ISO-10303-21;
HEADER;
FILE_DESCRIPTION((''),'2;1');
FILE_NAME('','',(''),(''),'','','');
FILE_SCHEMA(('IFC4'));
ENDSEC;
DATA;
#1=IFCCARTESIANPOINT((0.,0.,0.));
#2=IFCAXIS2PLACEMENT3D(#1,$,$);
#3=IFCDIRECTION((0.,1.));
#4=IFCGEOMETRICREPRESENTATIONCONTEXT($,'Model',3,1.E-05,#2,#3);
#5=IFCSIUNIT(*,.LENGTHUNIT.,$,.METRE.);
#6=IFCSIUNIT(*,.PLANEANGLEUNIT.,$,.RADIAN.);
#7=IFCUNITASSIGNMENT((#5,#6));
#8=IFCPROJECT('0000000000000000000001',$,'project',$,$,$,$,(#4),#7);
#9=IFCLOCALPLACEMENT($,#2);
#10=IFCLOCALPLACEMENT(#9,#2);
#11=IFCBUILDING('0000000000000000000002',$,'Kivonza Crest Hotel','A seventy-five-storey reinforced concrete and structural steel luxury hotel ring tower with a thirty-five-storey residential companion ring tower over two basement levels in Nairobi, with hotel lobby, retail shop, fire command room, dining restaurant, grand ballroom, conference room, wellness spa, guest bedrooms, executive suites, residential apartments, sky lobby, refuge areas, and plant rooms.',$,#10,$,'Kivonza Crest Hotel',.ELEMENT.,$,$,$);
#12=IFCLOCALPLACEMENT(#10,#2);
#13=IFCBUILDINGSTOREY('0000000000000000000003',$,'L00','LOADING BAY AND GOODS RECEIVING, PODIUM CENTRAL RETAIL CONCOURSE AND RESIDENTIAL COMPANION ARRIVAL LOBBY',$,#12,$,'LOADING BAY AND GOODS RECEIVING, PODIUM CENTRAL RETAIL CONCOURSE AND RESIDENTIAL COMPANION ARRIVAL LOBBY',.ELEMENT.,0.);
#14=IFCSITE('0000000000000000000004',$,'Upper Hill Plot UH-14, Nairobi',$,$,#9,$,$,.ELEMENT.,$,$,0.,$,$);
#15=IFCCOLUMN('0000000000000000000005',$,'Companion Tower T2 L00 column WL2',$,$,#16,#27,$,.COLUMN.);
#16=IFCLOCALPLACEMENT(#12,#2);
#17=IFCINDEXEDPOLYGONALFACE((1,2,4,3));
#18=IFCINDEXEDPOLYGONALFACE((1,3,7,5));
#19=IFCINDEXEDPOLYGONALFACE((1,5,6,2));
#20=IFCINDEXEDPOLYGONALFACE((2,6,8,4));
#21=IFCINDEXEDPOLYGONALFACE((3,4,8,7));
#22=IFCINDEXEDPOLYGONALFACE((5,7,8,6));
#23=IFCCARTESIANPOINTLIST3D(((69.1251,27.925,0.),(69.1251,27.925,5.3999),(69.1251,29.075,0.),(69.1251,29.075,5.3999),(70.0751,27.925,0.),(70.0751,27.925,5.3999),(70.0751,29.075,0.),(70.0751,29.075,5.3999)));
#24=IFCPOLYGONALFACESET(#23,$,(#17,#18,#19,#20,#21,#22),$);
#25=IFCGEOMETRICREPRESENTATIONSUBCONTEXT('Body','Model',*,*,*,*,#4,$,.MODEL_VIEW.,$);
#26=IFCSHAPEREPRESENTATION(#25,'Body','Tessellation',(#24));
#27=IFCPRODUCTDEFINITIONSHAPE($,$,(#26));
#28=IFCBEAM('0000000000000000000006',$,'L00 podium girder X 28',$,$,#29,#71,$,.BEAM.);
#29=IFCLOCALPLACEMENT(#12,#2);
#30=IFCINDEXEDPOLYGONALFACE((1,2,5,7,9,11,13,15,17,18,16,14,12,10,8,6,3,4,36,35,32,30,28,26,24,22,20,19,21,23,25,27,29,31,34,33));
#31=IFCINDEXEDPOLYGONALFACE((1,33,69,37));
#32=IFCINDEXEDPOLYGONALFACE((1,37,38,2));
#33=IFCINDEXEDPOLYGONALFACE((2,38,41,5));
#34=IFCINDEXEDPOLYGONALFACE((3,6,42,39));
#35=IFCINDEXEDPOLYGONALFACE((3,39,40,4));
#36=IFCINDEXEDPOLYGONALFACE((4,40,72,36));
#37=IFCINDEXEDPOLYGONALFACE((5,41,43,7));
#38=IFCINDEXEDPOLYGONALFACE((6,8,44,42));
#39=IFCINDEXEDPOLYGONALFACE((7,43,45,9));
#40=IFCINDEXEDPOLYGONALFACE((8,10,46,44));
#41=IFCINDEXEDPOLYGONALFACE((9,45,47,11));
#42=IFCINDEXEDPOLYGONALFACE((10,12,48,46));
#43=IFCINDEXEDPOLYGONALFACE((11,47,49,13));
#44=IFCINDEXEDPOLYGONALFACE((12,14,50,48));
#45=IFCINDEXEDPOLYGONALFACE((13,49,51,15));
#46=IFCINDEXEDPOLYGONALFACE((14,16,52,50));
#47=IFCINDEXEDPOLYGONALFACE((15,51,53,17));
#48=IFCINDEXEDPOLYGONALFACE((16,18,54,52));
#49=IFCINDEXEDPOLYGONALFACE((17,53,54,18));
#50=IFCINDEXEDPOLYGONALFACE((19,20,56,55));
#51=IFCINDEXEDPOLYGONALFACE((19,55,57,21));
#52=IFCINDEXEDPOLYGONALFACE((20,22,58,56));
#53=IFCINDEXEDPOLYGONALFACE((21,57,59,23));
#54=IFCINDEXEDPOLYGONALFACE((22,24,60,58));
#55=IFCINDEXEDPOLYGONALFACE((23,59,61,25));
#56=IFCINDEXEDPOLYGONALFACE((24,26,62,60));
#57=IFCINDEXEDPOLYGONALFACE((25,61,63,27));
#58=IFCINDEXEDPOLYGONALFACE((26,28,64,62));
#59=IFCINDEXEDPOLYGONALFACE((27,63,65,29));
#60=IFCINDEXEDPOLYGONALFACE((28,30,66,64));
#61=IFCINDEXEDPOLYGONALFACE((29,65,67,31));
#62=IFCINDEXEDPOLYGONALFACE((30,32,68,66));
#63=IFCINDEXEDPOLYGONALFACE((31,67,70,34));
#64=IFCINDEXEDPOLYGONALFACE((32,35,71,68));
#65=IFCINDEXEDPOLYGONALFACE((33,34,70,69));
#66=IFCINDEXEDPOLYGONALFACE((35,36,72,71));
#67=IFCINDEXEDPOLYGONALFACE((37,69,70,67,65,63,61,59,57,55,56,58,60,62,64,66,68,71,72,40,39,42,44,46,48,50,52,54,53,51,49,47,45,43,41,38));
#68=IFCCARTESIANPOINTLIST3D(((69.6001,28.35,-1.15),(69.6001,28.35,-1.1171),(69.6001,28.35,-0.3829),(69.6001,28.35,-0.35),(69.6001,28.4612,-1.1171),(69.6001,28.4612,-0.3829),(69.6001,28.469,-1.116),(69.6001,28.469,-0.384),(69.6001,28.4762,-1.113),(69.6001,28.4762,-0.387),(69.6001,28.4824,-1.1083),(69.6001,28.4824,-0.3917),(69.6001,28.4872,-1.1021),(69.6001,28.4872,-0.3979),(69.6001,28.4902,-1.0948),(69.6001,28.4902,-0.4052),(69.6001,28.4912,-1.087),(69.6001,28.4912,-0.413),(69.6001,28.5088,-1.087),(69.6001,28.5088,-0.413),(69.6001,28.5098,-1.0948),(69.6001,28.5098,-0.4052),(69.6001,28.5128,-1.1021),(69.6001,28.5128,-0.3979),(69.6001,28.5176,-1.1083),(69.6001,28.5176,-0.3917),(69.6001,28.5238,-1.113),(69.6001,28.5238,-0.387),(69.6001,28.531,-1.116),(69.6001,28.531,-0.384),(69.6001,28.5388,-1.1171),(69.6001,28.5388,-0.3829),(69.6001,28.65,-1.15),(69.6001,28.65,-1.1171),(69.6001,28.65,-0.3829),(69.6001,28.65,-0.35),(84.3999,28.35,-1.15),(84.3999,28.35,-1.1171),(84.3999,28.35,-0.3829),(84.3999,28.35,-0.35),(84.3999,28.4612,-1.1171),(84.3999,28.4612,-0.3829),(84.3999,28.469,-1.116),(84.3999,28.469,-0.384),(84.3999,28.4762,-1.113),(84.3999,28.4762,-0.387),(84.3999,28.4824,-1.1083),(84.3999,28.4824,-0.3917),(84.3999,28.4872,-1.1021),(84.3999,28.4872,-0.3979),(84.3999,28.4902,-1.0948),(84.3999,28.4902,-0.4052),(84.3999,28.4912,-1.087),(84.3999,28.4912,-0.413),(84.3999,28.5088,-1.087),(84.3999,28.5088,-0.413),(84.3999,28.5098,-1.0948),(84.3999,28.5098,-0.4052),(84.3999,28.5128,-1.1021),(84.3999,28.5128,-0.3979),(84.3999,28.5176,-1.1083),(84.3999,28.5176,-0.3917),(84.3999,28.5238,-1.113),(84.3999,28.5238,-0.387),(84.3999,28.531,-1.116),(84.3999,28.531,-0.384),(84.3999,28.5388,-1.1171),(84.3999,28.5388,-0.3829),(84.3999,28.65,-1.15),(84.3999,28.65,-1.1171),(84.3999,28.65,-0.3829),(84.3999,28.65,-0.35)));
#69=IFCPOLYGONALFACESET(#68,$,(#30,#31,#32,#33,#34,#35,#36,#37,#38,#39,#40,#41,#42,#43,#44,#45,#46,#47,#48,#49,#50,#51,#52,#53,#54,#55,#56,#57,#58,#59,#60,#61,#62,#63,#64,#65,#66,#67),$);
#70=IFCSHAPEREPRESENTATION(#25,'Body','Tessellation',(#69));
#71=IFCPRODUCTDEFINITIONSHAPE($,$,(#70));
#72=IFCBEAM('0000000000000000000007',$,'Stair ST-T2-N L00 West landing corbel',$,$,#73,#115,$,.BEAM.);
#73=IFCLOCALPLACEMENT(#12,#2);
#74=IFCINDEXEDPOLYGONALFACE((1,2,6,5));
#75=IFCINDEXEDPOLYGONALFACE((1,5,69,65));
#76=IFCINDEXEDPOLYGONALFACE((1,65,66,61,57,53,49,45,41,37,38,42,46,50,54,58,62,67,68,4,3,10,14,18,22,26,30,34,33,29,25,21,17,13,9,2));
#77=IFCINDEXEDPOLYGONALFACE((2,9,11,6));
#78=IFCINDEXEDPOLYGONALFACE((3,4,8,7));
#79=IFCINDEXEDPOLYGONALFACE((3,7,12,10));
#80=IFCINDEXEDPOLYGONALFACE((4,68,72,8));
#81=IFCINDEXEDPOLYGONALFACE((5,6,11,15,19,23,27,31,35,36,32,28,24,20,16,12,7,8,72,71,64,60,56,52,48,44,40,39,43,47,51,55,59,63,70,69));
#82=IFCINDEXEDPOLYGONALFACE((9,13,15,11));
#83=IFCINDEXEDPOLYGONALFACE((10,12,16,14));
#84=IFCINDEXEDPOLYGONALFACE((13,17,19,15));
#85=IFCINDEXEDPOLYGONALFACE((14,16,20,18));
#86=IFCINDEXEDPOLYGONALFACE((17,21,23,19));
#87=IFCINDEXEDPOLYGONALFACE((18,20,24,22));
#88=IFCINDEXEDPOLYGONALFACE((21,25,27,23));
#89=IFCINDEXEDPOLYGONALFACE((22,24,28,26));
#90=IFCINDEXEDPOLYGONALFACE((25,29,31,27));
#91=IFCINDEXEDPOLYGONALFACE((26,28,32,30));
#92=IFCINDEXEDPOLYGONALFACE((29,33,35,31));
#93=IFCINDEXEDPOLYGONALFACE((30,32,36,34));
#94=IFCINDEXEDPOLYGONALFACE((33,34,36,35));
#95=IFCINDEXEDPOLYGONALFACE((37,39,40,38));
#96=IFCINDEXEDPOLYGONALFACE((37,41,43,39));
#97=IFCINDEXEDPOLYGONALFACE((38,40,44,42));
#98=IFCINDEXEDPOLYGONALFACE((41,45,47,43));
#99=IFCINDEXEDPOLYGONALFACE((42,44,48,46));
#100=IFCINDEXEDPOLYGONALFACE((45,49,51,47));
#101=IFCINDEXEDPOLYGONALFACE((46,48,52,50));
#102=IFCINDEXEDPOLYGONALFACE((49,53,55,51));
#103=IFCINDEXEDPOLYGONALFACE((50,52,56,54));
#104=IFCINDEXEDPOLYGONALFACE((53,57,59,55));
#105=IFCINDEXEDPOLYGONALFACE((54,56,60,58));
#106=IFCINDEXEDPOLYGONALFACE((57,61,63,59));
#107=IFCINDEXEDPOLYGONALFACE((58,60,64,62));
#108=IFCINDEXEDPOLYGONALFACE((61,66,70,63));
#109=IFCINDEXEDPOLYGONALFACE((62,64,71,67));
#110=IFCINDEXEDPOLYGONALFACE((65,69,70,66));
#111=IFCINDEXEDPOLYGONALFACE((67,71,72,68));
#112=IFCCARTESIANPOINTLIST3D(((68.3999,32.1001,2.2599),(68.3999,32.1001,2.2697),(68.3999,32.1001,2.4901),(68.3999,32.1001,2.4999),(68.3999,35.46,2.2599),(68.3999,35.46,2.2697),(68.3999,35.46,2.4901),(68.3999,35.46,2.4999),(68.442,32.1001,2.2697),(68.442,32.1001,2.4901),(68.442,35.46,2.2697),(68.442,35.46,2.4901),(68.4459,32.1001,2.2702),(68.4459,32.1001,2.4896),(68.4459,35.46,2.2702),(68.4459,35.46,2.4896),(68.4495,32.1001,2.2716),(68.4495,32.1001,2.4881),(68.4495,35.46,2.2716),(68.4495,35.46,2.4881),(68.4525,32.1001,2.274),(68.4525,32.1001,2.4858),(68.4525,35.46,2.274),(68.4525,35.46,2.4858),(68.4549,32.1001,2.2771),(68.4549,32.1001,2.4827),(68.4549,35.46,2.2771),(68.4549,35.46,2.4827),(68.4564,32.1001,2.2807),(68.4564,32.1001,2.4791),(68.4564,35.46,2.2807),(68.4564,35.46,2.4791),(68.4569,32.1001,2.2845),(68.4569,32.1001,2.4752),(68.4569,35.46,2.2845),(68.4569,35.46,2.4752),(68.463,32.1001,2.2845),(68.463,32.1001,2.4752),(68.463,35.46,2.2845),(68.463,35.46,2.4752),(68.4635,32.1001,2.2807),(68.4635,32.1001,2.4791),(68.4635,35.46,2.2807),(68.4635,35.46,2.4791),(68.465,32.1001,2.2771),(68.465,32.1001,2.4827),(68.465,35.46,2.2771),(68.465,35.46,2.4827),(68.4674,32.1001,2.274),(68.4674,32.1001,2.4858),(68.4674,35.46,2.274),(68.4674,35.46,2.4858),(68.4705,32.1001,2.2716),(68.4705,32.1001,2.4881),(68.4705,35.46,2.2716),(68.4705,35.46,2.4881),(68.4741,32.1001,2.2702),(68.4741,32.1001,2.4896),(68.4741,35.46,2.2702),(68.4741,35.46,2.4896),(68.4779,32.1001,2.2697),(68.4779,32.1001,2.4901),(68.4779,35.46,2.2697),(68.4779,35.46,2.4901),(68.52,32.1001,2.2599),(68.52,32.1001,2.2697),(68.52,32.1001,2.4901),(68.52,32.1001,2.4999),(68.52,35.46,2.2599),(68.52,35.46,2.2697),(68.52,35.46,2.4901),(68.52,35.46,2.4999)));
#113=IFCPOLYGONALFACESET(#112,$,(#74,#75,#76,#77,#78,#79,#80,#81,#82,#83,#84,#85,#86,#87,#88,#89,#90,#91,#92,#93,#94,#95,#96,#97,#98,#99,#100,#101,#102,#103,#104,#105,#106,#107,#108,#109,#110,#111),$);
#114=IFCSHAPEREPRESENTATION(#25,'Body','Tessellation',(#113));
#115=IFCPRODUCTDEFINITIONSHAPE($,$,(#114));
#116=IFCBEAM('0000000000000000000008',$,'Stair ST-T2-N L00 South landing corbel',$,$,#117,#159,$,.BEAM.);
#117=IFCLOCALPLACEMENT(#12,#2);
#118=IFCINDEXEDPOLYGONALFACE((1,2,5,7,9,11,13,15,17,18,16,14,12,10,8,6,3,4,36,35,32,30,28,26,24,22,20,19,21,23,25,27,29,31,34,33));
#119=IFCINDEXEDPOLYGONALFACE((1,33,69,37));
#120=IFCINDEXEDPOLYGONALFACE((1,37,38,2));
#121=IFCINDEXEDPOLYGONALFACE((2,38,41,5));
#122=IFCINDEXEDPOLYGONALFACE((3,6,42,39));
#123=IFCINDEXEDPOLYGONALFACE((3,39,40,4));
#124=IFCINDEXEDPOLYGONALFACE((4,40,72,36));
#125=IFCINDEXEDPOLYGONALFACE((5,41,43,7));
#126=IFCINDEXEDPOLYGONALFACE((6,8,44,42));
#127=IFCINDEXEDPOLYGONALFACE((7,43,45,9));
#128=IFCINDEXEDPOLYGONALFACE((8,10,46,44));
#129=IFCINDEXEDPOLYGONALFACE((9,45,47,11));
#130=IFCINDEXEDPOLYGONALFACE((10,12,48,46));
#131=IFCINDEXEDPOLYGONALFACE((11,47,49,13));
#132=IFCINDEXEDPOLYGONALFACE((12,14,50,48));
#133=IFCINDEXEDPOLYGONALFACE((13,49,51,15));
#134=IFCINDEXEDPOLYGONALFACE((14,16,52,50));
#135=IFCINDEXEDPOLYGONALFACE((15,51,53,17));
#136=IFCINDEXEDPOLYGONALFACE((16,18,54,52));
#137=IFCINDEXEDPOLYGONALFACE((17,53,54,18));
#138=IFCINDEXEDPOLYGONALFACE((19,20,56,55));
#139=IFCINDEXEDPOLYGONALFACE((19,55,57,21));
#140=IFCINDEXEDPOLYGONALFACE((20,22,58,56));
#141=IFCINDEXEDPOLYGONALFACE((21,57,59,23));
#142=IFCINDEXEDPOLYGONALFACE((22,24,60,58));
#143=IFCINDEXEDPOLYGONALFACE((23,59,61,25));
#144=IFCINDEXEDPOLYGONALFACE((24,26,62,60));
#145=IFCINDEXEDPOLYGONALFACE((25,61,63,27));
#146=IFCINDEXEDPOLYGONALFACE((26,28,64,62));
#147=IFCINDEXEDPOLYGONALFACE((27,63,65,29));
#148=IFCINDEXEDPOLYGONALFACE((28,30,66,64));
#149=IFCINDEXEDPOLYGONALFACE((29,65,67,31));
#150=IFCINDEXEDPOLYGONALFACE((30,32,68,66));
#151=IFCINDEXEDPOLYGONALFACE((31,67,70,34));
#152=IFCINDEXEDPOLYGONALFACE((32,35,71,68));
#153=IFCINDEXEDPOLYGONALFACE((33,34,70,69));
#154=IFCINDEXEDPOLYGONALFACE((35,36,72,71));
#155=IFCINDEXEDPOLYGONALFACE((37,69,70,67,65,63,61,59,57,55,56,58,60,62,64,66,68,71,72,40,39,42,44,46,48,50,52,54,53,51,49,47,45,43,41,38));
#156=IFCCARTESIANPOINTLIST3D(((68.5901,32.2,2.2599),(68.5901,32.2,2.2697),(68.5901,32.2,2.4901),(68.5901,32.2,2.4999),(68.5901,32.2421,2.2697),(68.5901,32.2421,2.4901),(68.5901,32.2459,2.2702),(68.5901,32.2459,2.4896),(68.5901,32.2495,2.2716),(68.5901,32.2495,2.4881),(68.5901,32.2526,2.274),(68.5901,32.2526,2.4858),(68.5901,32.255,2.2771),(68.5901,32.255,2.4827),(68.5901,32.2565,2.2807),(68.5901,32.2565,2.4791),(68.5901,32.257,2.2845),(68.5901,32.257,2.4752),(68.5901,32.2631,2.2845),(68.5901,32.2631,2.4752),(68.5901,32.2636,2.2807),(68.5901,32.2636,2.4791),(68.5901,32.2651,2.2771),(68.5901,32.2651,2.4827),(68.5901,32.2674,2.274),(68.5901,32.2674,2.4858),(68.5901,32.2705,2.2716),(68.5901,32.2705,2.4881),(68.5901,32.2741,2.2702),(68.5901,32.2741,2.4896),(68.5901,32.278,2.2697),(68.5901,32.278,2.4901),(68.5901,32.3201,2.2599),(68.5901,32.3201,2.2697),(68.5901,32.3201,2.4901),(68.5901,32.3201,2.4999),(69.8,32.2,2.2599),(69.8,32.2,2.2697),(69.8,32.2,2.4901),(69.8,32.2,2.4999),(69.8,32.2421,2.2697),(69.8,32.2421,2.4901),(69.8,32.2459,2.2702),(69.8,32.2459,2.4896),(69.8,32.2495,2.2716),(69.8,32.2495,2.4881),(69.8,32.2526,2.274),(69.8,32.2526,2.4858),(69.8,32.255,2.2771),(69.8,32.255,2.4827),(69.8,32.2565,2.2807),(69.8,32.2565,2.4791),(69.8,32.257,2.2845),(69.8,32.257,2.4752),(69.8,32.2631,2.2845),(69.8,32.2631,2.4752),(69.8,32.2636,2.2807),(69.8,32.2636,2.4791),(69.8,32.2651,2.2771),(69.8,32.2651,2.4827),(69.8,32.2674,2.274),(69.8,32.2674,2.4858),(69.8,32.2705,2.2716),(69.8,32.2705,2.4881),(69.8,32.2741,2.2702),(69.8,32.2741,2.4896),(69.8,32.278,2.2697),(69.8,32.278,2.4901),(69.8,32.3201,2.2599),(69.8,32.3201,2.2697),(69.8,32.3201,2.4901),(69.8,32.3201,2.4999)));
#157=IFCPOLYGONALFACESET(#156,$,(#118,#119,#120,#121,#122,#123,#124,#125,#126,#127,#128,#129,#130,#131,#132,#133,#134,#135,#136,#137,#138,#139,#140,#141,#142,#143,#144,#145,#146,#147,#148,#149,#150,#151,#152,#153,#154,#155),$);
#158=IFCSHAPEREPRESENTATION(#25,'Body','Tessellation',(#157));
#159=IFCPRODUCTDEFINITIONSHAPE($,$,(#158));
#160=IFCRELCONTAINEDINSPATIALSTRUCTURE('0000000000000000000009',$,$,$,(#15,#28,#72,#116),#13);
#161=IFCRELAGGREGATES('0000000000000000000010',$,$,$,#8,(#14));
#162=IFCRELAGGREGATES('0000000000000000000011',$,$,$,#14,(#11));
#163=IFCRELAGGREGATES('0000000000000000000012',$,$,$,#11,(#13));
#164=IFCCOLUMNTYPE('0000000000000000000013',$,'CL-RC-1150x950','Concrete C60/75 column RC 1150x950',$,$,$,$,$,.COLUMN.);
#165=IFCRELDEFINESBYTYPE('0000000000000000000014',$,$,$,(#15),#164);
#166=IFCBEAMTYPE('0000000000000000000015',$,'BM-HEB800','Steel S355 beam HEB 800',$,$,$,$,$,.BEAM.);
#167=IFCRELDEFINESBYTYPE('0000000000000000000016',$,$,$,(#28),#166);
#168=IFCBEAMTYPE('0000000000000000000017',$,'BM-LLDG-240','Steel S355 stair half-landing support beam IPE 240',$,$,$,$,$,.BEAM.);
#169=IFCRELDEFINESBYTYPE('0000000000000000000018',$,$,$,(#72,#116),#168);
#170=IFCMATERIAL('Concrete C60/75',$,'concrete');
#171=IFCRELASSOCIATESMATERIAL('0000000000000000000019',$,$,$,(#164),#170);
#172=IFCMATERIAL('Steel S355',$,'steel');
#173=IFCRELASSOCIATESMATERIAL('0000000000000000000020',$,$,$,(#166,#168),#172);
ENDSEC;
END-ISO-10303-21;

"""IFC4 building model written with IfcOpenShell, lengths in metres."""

from ifc_helpers import new_model, si_unit, direction, frame, origin, origin_2d, place, context, subcontext, project, spatial, rectangle, i_section, extrude, material, material_profile, profile_set, type_object, element, save


model = new_model("IFC4")

# Units and contexts
model_context = context("Model", 3, precision=1e-05, world=origin(), true_north=direction((0.0, 1.0)))
body_context = subcontext(model_context, "Body", "Model", "MODEL_VIEW")
ifc_project = project(units=[si_unit("LENGTHUNIT", "METRE"), si_unit("PLANEANGLEUNIT", "RADIAN")], contexts=[model_context])

# Site, building, storey
site_placement = place(None, origin())
site = spatial("IfcSite", under=ifc_project, at=site_placement, Name="Upper Hill Plot UH-14, Nairobi", CompositionType="ELEMENT", RefElevation=0.0)
building_placement = place(site_placement, origin())
building = spatial("IfcBuilding", under=site, at=building_placement, Name="Kivonza Crest Hotel", Description="A seventy-five-storey reinforced concrete and structural steel luxury hotel ring tower with a thirty-five-storey residential companion ring tower over two basement levels in Nairobi, with hotel lobby, retail shop, fire command room, dining restaurant, grand ballroom, conference room, wellness spa, guest bedrooms, executive suites, residential apartments, sky lobby, refuge areas, and plant rooms.", LongName="Kivonza Crest Hotel", CompositionType="ELEMENT")
storey_placement = place(building_placement, origin())
storey = spatial("IfcBuildingStorey", under=building, at=storey_placement, Name="L00", Description="LOADING BAY AND GOODS RECEIVING, PODIUM CENTRAL RETAIL CONCOURSE AND RESIDENTIAL COMPANION ARRIVAL LOBBY", LongName="LOADING BAY AND GOODS RECEIVING, PODIUM CENTRAL RETAIL CONCOURSE AND RESIDENTIAL COMPANION ARRIVAL LOBBY", CompositionType="ELEMENT", Elevation=0.0)

# Column
ifc_material_1 = material(Name="Concrete C60/75", Category="concrete")
ifc_material_profile_1 = material_profile(ifc_material_1, rectangle(XDim=0.95, YDim=1.1499, at=origin_2d()), Name="RC 1150x950")
ifc_profile_set_1 = profile_set([ifc_material_profile_1], Name="Concrete C60/75")
column_type = type_object("IfcColumnType", Name="CL-RC-1150x950", Description="Concrete C60/75 column RC 1150x950", PredefinedType="COLUMN", material=ifc_profile_set_1)
column_placement = place(storey_placement, frame((69.6001, 28.5, 0.0), z_axis=(0.0, 0.0, 1.0), x_axis=(1.0, 0.0, 0.0)))
element("IfcColumn", 1, at=column_placement, inside=storey, type_object=column_type, Name="Companion Tower T2 L00 column WL2", PredefinedType="COLUMN", context=body_context, shape_type="SweptSolid", body=[
    extrude(rectangle(XDim=0.95, YDim=1.1499, at=origin_2d()), origin(), (0.0, 0.0, 1.0), 5.3999),
])

# Beams
ifc_material_2 = material(Name="Steel S355", Category="steel")
ifc_material_profile_2 = material_profile(ifc_material_2, i_section(OverallWidth=0.3, OverallDepth=0.8, WebThickness=0.0176, FlangeThickness=0.033, FilletRadius=0.03, at=origin_2d()), Name="HEB 800")
ifc_profile_set_2 = profile_set([ifc_material_profile_2], Name="Steel S355")
beam_type_1 = type_object("IfcBeamType", Name="BM-HEB800", Description="Steel S355 beam HEB 800", PredefinedType="BEAM", material=ifc_profile_set_2)
beam_1_placement = place(storey_placement, frame((69.6001, 28.5, -0.75), z_axis=(1.0, 0.0, 0.0), x_axis=(0.0, 1.0, 0.0)))
element("IfcBeam", 2, at=beam_1_placement, inside=storey, type_object=beam_type_1, Name="L00 podium girder X 28", PredefinedType="BEAM", context=body_context, shape_type="SweptSolid", body=[
    extrude(i_section(OverallWidth=0.3, OverallDepth=0.8, WebThickness=0.0176, FlangeThickness=0.033, FilletRadius=0.03, at=origin_2d()), origin(), (0.0, 0.0, 1.0), 14.7998),
])
ifc_material_profile_3 = material_profile(ifc_material_2, i_section(OverallWidth=0.1201, OverallDepth=0.24, WebThickness=0.0061, FlangeThickness=0.0098, FilletRadius=0.0149, at=origin_2d()), Name="IPE 240")
ifc_profile_set_3 = profile_set([ifc_material_profile_3], Name="Steel S355")
beam_type_2 = type_object("IfcBeamType", Name="BM-LLDG-240", Description="Steel S355 stair half-landing support beam IPE 240", PredefinedType="BEAM", material=ifc_profile_set_3)
beam_2_placement = place(storey_placement, frame((68.46, 32.1001, 2.3799), z_axis=(0.0, 1.0, 0.0), x_axis=(-1.0, 0.0, 0.0)))
element("IfcBeam", 3, at=beam_2_placement, inside=storey, type_object=beam_type_2, Name="Stair ST-T2-N L00 West landing corbel", PredefinedType="BEAM", context=body_context, shape_type="SweptSolid", body=[
    extrude(i_section(OverallWidth=0.1201, OverallDepth=0.24, WebThickness=0.0061, FlangeThickness=0.0098, FilletRadius=0.0149, at=origin_2d()), origin(), (0.0, 0.0, 1.0), 3.3599),
])
for number, where, z_axis, x_axis, name in (
    (4, (68.5901, 32.26, 2.3799), (1.0, 0.0, 0.0), (0.0, 1.0, 0.0), "Stair ST-T2-N L00 South landing corbel"),
):
    element("IfcBeam", number, at=place(storey_placement, frame(where, z_axis=z_axis, x_axis=x_axis)), inside=storey, type_object=beam_type_2, Name=name, PredefinedType="BEAM", context=body_context, shape_type="SweptSolid", body=[
        extrude(i_section(OverallWidth=0.1201, OverallDepth=0.24, WebThickness=0.0061, FlangeThickness=0.0098, FilletRadius=0.0149, at=origin_2d()), origin(), (0.0, 0.0, 1.0), 1.21),
    ])

save(model, "model.ifc")
